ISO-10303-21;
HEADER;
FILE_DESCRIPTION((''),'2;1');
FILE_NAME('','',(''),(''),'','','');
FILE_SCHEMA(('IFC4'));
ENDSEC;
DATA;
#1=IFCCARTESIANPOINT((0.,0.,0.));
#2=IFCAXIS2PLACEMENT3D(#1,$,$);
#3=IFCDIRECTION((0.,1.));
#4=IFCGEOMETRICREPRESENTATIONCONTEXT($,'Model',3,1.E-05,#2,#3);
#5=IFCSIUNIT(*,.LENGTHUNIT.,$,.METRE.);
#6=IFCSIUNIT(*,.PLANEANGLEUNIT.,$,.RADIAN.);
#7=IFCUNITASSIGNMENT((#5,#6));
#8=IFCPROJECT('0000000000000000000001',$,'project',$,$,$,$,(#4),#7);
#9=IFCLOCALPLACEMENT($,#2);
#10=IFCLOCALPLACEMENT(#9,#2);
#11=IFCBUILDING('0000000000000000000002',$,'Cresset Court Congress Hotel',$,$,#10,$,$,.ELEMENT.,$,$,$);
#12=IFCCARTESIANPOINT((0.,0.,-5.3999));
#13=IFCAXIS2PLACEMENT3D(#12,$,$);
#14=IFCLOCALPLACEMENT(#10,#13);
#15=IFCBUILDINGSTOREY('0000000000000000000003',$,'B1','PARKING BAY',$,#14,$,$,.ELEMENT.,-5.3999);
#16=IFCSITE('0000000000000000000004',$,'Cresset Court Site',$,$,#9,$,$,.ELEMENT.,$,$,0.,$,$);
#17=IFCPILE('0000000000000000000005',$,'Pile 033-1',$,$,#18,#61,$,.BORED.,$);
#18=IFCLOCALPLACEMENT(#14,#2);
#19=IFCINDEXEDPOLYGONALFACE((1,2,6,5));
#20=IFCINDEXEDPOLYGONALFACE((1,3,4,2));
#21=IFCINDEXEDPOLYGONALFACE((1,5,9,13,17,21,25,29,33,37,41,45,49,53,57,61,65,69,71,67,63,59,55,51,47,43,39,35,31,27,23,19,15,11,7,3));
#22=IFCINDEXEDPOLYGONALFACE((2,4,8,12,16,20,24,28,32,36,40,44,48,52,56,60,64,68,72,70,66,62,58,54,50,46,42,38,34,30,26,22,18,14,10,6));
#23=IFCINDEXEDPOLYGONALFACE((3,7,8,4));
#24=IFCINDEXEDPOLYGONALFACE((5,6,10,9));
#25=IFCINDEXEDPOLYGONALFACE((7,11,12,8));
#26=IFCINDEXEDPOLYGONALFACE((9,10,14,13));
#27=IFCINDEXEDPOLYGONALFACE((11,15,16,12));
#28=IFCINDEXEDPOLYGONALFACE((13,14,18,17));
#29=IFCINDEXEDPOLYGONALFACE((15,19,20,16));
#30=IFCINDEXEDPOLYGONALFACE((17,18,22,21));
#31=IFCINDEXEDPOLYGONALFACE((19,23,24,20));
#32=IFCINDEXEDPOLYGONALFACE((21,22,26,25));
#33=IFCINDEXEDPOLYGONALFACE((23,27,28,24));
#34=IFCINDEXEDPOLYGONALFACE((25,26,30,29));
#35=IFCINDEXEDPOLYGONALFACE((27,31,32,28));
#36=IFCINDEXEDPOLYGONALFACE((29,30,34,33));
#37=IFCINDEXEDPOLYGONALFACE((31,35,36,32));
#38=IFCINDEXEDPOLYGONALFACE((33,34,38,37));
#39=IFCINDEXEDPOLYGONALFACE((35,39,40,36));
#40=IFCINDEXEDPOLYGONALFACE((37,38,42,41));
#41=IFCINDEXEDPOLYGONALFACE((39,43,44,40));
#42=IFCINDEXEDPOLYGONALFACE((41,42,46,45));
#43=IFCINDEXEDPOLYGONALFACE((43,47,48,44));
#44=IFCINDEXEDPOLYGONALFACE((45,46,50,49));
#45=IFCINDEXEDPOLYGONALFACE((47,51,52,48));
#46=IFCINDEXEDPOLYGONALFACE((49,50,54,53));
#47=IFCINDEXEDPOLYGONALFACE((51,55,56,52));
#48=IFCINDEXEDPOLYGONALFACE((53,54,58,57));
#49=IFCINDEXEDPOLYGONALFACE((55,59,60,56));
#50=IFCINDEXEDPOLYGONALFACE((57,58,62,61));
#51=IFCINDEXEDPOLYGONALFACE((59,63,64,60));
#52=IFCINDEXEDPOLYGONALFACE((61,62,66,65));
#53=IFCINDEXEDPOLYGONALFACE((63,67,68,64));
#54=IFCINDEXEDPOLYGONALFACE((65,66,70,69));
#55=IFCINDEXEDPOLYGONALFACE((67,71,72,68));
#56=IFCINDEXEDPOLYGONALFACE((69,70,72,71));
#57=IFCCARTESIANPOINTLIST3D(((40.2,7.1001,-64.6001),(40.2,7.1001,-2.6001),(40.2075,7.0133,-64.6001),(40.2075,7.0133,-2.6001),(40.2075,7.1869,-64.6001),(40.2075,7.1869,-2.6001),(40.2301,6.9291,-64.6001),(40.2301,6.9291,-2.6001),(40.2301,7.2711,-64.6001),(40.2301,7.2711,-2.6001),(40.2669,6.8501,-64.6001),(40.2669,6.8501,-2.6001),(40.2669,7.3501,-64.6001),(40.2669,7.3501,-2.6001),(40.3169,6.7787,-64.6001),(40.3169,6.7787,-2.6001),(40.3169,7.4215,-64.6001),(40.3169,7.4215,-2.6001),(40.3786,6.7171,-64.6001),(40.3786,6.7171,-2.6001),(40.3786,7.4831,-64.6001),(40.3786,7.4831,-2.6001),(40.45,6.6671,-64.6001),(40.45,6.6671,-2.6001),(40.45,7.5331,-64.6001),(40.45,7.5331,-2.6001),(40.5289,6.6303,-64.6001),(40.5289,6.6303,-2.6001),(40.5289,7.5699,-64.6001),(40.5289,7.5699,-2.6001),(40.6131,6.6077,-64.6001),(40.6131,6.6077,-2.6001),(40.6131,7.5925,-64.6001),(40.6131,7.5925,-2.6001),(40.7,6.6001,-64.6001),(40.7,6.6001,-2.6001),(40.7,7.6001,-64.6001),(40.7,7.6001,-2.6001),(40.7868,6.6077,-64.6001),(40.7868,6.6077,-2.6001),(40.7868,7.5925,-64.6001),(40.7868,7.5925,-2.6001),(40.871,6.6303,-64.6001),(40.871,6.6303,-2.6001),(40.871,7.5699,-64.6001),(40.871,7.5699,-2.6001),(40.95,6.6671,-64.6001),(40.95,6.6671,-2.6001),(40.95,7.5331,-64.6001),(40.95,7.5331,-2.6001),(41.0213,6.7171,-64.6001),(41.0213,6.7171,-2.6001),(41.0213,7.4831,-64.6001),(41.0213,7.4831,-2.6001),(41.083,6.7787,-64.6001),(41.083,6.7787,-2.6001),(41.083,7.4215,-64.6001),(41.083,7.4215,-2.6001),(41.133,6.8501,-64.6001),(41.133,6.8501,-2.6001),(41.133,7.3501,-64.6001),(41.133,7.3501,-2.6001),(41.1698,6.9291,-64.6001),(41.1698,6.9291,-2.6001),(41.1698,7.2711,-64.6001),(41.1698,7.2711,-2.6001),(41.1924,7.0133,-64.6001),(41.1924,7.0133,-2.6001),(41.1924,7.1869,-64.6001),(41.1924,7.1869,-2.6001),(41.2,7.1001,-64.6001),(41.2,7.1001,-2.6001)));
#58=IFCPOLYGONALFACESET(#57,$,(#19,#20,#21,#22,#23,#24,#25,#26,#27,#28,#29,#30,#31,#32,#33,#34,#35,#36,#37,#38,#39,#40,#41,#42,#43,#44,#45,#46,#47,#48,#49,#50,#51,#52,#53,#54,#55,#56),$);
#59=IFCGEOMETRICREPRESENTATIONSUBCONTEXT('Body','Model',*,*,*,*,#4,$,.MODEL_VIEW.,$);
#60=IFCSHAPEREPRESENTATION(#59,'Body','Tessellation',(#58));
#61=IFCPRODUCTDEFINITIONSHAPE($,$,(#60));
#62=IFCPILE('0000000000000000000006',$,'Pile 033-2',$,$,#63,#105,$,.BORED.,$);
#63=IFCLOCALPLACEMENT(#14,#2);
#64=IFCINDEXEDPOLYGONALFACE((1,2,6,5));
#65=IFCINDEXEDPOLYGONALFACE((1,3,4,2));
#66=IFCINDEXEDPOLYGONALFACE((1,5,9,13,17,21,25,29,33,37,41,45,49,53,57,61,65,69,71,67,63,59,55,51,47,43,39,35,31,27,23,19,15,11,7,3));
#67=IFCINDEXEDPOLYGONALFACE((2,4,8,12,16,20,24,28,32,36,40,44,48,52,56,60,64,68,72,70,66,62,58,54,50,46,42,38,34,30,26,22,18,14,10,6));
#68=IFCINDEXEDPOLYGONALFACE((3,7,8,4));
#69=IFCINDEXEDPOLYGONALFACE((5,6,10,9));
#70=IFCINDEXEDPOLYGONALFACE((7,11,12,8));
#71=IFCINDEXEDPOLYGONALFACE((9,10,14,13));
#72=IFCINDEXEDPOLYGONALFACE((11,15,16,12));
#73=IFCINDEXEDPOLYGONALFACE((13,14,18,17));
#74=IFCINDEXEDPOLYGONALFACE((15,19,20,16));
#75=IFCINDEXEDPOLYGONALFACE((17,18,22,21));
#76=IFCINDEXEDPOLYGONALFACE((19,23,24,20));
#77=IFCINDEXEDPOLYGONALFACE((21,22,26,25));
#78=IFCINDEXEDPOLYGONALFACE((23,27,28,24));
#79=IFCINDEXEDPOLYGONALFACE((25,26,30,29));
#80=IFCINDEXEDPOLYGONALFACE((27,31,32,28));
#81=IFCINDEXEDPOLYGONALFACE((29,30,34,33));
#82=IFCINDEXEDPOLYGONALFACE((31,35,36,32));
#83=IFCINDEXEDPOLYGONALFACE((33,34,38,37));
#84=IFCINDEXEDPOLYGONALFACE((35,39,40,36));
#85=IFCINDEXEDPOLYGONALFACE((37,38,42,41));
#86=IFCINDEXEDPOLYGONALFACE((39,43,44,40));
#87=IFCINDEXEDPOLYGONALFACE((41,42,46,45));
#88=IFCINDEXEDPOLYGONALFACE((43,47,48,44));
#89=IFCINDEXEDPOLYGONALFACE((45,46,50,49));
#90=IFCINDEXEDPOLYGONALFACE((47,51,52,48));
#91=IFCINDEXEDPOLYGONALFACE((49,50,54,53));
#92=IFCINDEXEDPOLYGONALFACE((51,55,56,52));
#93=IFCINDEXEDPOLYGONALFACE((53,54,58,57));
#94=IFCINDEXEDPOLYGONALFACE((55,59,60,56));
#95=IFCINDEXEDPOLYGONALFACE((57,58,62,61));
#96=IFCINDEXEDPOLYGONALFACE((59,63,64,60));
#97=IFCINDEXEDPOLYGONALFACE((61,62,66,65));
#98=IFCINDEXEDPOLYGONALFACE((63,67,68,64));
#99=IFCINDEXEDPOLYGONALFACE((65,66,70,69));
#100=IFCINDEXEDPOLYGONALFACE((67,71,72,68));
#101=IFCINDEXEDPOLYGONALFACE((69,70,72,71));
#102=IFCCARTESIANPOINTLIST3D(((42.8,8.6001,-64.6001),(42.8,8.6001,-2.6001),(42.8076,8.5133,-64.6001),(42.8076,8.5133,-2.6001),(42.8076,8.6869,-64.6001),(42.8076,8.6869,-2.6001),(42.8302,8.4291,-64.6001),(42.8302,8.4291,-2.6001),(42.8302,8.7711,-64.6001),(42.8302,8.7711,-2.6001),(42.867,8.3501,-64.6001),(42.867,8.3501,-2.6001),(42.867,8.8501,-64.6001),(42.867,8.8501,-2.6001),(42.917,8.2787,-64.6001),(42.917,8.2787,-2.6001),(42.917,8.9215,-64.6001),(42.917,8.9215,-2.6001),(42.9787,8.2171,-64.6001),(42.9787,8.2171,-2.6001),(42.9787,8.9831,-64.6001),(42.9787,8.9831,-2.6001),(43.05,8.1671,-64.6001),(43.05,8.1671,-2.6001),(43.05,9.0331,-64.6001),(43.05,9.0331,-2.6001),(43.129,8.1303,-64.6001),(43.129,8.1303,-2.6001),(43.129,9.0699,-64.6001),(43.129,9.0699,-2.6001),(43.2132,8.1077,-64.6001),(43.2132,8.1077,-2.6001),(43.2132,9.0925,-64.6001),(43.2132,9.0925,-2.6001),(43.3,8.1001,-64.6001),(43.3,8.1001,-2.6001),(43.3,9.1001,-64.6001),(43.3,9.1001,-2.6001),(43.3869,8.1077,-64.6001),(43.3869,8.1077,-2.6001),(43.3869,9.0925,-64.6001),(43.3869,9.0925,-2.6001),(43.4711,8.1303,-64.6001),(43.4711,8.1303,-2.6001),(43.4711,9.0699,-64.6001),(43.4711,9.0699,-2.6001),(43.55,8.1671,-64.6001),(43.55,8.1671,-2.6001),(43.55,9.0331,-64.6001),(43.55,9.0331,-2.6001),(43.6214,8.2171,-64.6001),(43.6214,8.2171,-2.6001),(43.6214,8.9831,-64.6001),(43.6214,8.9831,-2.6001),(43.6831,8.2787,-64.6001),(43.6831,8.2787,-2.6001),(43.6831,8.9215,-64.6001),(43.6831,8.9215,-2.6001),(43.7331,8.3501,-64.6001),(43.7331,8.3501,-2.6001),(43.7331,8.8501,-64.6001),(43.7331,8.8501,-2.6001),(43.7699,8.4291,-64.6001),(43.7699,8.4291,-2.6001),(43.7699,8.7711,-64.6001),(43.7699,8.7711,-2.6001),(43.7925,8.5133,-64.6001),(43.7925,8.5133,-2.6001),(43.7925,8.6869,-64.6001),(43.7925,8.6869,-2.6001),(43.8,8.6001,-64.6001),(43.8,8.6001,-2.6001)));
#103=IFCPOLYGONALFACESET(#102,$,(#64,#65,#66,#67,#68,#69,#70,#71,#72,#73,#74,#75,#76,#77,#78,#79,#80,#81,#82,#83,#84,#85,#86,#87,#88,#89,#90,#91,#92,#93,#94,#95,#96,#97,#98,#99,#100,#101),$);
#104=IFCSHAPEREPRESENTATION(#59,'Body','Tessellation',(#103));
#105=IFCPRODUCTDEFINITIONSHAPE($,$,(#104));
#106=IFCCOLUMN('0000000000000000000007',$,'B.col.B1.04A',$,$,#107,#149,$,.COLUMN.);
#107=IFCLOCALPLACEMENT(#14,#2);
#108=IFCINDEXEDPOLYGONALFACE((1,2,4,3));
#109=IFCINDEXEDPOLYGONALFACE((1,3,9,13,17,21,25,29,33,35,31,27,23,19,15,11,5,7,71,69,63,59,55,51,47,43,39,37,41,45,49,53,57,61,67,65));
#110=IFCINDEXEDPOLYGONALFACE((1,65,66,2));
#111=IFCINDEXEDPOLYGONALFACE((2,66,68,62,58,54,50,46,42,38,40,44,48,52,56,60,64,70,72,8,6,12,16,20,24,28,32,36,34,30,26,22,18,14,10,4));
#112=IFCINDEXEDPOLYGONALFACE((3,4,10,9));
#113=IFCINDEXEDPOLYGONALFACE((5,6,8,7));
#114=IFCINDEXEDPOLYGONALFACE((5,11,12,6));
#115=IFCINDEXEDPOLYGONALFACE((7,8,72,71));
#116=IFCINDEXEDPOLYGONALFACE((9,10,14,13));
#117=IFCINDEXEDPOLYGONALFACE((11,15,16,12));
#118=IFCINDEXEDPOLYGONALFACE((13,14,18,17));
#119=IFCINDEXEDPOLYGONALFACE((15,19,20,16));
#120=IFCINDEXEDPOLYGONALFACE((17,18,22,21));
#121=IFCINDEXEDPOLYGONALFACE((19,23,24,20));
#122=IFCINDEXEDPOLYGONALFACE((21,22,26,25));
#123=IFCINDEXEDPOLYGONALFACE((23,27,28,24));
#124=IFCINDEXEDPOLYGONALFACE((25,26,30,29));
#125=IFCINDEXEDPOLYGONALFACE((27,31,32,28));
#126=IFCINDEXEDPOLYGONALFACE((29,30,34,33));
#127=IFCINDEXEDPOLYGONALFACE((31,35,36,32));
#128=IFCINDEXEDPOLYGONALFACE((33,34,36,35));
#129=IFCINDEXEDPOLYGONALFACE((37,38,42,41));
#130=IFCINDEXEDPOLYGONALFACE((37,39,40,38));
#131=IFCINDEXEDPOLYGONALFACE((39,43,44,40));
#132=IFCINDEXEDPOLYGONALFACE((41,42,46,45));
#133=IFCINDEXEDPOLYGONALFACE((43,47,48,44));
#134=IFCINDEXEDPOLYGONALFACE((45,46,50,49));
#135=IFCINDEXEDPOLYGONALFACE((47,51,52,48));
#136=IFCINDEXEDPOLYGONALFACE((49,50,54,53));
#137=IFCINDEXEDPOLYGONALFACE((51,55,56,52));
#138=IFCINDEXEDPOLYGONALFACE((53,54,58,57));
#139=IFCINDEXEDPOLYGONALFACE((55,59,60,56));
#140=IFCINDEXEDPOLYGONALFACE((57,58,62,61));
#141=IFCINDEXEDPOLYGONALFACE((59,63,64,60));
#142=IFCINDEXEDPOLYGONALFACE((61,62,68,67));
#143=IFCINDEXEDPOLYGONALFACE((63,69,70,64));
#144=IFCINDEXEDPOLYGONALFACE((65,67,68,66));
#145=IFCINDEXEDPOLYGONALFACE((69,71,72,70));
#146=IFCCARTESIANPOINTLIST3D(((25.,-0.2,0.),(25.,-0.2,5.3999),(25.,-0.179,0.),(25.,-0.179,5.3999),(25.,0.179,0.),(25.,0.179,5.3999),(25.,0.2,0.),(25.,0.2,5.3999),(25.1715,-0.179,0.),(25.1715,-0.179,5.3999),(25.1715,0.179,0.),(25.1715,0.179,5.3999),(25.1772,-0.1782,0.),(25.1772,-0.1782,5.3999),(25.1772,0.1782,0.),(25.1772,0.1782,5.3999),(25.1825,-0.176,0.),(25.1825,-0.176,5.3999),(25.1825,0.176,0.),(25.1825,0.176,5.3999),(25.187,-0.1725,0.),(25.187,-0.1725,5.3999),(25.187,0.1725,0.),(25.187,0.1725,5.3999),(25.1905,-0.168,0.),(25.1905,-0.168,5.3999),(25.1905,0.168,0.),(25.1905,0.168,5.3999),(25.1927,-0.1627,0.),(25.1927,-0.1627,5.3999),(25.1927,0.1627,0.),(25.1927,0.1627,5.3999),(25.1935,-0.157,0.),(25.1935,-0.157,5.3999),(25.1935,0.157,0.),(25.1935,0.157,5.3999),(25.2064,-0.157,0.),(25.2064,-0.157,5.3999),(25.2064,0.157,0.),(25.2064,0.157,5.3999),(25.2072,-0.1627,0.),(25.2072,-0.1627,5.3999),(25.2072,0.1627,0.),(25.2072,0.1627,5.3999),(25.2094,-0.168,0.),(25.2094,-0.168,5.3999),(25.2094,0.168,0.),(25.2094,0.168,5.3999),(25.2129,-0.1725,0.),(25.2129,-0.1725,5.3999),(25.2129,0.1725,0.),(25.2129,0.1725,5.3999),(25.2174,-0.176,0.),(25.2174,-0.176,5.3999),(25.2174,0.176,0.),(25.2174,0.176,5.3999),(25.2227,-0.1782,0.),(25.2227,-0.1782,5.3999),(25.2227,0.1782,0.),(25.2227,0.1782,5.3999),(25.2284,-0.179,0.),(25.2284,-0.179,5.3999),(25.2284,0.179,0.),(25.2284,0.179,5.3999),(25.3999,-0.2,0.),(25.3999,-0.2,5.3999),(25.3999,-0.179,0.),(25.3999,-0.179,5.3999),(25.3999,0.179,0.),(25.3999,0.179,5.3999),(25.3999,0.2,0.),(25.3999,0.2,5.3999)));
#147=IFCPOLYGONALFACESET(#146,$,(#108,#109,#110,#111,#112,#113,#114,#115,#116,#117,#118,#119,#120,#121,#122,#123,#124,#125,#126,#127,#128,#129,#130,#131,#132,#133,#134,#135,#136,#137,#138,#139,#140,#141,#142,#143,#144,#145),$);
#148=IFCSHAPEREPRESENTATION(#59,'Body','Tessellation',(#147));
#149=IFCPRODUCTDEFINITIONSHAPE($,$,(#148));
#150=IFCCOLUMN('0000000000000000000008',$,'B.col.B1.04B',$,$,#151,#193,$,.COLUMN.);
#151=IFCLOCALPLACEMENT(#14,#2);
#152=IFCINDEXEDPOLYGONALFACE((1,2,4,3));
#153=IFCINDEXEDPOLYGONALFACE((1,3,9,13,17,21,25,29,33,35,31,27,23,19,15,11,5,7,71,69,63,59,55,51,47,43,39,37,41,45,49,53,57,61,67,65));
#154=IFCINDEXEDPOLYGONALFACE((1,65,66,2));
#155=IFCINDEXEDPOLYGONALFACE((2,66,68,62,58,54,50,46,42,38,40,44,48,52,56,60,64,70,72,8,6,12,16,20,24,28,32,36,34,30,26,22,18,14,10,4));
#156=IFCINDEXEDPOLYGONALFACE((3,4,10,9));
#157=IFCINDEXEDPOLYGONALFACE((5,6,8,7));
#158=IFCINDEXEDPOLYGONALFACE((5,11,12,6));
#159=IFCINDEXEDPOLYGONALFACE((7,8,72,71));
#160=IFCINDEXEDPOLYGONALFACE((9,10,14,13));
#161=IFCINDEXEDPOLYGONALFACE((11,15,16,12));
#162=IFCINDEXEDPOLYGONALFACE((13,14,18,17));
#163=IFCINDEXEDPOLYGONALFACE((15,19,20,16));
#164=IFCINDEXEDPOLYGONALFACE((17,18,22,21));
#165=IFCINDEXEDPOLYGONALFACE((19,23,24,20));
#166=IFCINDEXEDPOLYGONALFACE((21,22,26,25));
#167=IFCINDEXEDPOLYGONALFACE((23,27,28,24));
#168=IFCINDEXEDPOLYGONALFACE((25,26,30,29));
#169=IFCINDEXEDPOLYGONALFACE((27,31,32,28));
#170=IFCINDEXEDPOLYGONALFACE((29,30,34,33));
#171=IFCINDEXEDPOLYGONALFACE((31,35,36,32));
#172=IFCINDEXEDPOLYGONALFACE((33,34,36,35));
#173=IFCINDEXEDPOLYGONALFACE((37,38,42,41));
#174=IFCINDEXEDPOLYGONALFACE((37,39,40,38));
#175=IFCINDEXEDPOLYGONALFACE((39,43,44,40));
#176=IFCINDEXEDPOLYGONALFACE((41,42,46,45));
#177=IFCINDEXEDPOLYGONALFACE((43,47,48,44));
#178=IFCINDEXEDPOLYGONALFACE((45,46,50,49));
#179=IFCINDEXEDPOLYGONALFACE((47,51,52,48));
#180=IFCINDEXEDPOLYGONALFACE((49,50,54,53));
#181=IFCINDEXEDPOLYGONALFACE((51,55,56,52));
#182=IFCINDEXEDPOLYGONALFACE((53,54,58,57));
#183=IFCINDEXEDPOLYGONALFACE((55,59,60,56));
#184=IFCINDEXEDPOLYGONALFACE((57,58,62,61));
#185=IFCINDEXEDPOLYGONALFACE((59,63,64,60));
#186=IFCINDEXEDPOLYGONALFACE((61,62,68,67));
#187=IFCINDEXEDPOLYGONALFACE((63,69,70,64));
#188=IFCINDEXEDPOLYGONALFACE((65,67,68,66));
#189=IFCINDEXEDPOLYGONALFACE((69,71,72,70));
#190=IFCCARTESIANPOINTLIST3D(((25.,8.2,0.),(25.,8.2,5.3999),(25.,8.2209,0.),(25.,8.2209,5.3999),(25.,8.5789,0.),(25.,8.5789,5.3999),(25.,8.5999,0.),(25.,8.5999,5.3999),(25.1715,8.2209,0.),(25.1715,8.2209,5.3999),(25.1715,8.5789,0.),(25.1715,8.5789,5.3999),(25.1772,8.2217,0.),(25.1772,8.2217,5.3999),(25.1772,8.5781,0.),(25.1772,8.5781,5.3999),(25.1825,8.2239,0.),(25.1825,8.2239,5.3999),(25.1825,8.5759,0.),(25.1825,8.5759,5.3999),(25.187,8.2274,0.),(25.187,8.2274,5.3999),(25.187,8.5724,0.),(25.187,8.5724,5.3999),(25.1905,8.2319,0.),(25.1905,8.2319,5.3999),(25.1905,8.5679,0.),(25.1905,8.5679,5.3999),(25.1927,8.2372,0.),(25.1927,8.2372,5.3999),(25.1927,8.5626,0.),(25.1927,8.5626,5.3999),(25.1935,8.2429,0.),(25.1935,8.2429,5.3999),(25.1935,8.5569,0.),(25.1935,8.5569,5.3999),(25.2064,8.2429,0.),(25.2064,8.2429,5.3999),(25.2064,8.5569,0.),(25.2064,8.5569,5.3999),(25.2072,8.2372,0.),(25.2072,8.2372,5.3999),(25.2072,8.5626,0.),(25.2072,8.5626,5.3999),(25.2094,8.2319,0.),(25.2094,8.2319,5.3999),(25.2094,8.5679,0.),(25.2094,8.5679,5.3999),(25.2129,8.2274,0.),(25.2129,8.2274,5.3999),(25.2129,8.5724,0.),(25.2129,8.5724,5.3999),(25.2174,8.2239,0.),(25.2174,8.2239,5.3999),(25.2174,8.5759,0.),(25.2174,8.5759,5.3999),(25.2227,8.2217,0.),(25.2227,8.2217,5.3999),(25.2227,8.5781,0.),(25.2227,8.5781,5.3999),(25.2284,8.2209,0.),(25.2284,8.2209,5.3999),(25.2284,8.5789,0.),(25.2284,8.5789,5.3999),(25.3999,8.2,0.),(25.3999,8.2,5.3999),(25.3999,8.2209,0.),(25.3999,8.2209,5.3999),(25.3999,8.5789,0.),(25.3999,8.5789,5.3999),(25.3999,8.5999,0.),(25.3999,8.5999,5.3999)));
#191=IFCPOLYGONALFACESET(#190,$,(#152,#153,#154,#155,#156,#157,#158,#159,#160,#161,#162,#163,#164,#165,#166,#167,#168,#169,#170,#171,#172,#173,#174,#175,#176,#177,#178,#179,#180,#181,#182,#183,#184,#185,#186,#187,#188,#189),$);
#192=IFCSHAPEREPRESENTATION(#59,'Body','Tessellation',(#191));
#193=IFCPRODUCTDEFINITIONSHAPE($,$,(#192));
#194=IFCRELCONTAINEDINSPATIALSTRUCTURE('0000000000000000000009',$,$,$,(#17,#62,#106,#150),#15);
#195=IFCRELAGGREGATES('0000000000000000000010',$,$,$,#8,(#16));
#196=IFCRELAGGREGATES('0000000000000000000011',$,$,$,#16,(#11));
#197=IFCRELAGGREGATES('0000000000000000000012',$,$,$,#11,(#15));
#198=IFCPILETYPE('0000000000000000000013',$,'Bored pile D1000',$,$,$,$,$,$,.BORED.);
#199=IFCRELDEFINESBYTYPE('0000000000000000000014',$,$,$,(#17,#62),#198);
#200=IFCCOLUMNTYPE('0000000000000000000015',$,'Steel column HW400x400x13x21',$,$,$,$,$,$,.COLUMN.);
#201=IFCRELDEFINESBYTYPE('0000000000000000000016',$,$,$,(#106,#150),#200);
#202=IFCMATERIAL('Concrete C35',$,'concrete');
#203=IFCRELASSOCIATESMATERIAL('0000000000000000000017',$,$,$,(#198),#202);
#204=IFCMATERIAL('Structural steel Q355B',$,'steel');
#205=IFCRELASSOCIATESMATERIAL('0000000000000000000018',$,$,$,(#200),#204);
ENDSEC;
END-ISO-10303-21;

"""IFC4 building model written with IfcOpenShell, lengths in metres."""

from ifc_helpers import new_model, si_unit, direction, frame, origin, origin_2d, place, context, subcontext, project, spatial, circle, i_section, extrude, material, material_profile, profile_set, type_object, element, save


model = new_model("IFC4")

# Units and contexts
model_context = context("Model", 3, precision=1e-05, world=origin(), true_north=direction((0.0, 1.0)))
body_context = subcontext(model_context, "Body", "Model", "MODEL_VIEW")
ifc_project = project(units=[si_unit("LENGTHUNIT", "METRE"), si_unit("PLANEANGLEUNIT", "RADIAN")], contexts=[model_context])

# Site, building, storey
site_placement = place(None, origin())
site = spatial("IfcSite", under=ifc_project, at=site_placement, Name="Cresset Court Site", CompositionType="ELEMENT", RefElevation=0.0)
building_placement = place(site_placement, origin())
building = spatial("IfcBuilding", under=site, at=building_placement, Name="Cresset Court Congress Hotel", CompositionType="ELEMENT")
storey_placement = place(building_placement, frame((0.0, 0.0, -5.3999)))
storey = spatial("IfcBuildingStorey", under=building, at=storey_placement, Name="B1", Description="PARKING BAY", CompositionType="ELEMENT", Elevation=-5.3999)

# Piles
ifc_material_1 = material(Name="Concrete C35", Category="concrete")
pile_type = type_object("IfcPileType", Name="Bored pile D1000", PredefinedType="BORED", material=ifc_material_1)
for number, where, z_axis, x_axis, name in (
    (1, (40.7, 7.1001, -2.6001), (0.0, 0.0, -1.0), (1.0, 0.0, 0.0), "Pile 033-1"),
    (2, (43.3, 8.6001, -2.6001), (0.0, 0.0, -1.0), (1.0, 0.0, 0.0), "Pile 033-2"),
):
    element("IfcPile", number, at=place(storey_placement, frame(where, z_axis=z_axis, x_axis=x_axis)), inside=storey, type_object=pile_type, Name=name, PredefinedType="BORED", context=body_context, shape_type="SweptSolid", body=[
        extrude(circle(Radius=0.5, at=origin_2d()), origin(), (0.0, 0.0, 1.0), 62.0),
    ])

# Columns
ifc_material_2 = material(Name="Structural steel Q355B", Category="steel")
ifc_material_profile = material_profile(ifc_material_2, i_section(OverallWidth=0.3999, OverallDepth=0.3999, WebThickness=0.0129, FlangeThickness=0.021, FilletRadius=0.022, at=origin_2d()), Name="HW400x400x13x21")
ifc_profile_set = profile_set([ifc_material_profile], Name="Structural steel Q355B")
column_type = type_object("IfcColumnType", Name="Steel column HW400x400x13x21", PredefinedType="COLUMN", material=ifc_profile_set)
for number, where, z_axis, x_axis, name in (
    (3, (25.2, 0.0, 0.0), (0.0, 0.0, 1.0), (1.0, 0.0, 0.0), "B.col.B1.04A"),
    (4, (25.2, 8.3999, 0.0), (0.0, 0.0, 1.0), (1.0, 0.0, 0.0), "B.col.B1.04B"),
):
    element("IfcColumn", number, at=place(storey_placement, frame(where, z_axis=z_axis, x_axis=x_axis)), inside=storey, type_object=column_type, Name=name, PredefinedType="COLUMN", context=body_context, shape_type="SweptSolid", body=[
        extrude(i_section(OverallWidth=0.3999, OverallDepth=0.3999, WebThickness=0.0129, FlangeThickness=0.021, FilletRadius=0.022, at=origin_2d()), origin(), (0.0, 0.0, 1.0), 5.3999),
    ])

save(model, "model.ifc")
